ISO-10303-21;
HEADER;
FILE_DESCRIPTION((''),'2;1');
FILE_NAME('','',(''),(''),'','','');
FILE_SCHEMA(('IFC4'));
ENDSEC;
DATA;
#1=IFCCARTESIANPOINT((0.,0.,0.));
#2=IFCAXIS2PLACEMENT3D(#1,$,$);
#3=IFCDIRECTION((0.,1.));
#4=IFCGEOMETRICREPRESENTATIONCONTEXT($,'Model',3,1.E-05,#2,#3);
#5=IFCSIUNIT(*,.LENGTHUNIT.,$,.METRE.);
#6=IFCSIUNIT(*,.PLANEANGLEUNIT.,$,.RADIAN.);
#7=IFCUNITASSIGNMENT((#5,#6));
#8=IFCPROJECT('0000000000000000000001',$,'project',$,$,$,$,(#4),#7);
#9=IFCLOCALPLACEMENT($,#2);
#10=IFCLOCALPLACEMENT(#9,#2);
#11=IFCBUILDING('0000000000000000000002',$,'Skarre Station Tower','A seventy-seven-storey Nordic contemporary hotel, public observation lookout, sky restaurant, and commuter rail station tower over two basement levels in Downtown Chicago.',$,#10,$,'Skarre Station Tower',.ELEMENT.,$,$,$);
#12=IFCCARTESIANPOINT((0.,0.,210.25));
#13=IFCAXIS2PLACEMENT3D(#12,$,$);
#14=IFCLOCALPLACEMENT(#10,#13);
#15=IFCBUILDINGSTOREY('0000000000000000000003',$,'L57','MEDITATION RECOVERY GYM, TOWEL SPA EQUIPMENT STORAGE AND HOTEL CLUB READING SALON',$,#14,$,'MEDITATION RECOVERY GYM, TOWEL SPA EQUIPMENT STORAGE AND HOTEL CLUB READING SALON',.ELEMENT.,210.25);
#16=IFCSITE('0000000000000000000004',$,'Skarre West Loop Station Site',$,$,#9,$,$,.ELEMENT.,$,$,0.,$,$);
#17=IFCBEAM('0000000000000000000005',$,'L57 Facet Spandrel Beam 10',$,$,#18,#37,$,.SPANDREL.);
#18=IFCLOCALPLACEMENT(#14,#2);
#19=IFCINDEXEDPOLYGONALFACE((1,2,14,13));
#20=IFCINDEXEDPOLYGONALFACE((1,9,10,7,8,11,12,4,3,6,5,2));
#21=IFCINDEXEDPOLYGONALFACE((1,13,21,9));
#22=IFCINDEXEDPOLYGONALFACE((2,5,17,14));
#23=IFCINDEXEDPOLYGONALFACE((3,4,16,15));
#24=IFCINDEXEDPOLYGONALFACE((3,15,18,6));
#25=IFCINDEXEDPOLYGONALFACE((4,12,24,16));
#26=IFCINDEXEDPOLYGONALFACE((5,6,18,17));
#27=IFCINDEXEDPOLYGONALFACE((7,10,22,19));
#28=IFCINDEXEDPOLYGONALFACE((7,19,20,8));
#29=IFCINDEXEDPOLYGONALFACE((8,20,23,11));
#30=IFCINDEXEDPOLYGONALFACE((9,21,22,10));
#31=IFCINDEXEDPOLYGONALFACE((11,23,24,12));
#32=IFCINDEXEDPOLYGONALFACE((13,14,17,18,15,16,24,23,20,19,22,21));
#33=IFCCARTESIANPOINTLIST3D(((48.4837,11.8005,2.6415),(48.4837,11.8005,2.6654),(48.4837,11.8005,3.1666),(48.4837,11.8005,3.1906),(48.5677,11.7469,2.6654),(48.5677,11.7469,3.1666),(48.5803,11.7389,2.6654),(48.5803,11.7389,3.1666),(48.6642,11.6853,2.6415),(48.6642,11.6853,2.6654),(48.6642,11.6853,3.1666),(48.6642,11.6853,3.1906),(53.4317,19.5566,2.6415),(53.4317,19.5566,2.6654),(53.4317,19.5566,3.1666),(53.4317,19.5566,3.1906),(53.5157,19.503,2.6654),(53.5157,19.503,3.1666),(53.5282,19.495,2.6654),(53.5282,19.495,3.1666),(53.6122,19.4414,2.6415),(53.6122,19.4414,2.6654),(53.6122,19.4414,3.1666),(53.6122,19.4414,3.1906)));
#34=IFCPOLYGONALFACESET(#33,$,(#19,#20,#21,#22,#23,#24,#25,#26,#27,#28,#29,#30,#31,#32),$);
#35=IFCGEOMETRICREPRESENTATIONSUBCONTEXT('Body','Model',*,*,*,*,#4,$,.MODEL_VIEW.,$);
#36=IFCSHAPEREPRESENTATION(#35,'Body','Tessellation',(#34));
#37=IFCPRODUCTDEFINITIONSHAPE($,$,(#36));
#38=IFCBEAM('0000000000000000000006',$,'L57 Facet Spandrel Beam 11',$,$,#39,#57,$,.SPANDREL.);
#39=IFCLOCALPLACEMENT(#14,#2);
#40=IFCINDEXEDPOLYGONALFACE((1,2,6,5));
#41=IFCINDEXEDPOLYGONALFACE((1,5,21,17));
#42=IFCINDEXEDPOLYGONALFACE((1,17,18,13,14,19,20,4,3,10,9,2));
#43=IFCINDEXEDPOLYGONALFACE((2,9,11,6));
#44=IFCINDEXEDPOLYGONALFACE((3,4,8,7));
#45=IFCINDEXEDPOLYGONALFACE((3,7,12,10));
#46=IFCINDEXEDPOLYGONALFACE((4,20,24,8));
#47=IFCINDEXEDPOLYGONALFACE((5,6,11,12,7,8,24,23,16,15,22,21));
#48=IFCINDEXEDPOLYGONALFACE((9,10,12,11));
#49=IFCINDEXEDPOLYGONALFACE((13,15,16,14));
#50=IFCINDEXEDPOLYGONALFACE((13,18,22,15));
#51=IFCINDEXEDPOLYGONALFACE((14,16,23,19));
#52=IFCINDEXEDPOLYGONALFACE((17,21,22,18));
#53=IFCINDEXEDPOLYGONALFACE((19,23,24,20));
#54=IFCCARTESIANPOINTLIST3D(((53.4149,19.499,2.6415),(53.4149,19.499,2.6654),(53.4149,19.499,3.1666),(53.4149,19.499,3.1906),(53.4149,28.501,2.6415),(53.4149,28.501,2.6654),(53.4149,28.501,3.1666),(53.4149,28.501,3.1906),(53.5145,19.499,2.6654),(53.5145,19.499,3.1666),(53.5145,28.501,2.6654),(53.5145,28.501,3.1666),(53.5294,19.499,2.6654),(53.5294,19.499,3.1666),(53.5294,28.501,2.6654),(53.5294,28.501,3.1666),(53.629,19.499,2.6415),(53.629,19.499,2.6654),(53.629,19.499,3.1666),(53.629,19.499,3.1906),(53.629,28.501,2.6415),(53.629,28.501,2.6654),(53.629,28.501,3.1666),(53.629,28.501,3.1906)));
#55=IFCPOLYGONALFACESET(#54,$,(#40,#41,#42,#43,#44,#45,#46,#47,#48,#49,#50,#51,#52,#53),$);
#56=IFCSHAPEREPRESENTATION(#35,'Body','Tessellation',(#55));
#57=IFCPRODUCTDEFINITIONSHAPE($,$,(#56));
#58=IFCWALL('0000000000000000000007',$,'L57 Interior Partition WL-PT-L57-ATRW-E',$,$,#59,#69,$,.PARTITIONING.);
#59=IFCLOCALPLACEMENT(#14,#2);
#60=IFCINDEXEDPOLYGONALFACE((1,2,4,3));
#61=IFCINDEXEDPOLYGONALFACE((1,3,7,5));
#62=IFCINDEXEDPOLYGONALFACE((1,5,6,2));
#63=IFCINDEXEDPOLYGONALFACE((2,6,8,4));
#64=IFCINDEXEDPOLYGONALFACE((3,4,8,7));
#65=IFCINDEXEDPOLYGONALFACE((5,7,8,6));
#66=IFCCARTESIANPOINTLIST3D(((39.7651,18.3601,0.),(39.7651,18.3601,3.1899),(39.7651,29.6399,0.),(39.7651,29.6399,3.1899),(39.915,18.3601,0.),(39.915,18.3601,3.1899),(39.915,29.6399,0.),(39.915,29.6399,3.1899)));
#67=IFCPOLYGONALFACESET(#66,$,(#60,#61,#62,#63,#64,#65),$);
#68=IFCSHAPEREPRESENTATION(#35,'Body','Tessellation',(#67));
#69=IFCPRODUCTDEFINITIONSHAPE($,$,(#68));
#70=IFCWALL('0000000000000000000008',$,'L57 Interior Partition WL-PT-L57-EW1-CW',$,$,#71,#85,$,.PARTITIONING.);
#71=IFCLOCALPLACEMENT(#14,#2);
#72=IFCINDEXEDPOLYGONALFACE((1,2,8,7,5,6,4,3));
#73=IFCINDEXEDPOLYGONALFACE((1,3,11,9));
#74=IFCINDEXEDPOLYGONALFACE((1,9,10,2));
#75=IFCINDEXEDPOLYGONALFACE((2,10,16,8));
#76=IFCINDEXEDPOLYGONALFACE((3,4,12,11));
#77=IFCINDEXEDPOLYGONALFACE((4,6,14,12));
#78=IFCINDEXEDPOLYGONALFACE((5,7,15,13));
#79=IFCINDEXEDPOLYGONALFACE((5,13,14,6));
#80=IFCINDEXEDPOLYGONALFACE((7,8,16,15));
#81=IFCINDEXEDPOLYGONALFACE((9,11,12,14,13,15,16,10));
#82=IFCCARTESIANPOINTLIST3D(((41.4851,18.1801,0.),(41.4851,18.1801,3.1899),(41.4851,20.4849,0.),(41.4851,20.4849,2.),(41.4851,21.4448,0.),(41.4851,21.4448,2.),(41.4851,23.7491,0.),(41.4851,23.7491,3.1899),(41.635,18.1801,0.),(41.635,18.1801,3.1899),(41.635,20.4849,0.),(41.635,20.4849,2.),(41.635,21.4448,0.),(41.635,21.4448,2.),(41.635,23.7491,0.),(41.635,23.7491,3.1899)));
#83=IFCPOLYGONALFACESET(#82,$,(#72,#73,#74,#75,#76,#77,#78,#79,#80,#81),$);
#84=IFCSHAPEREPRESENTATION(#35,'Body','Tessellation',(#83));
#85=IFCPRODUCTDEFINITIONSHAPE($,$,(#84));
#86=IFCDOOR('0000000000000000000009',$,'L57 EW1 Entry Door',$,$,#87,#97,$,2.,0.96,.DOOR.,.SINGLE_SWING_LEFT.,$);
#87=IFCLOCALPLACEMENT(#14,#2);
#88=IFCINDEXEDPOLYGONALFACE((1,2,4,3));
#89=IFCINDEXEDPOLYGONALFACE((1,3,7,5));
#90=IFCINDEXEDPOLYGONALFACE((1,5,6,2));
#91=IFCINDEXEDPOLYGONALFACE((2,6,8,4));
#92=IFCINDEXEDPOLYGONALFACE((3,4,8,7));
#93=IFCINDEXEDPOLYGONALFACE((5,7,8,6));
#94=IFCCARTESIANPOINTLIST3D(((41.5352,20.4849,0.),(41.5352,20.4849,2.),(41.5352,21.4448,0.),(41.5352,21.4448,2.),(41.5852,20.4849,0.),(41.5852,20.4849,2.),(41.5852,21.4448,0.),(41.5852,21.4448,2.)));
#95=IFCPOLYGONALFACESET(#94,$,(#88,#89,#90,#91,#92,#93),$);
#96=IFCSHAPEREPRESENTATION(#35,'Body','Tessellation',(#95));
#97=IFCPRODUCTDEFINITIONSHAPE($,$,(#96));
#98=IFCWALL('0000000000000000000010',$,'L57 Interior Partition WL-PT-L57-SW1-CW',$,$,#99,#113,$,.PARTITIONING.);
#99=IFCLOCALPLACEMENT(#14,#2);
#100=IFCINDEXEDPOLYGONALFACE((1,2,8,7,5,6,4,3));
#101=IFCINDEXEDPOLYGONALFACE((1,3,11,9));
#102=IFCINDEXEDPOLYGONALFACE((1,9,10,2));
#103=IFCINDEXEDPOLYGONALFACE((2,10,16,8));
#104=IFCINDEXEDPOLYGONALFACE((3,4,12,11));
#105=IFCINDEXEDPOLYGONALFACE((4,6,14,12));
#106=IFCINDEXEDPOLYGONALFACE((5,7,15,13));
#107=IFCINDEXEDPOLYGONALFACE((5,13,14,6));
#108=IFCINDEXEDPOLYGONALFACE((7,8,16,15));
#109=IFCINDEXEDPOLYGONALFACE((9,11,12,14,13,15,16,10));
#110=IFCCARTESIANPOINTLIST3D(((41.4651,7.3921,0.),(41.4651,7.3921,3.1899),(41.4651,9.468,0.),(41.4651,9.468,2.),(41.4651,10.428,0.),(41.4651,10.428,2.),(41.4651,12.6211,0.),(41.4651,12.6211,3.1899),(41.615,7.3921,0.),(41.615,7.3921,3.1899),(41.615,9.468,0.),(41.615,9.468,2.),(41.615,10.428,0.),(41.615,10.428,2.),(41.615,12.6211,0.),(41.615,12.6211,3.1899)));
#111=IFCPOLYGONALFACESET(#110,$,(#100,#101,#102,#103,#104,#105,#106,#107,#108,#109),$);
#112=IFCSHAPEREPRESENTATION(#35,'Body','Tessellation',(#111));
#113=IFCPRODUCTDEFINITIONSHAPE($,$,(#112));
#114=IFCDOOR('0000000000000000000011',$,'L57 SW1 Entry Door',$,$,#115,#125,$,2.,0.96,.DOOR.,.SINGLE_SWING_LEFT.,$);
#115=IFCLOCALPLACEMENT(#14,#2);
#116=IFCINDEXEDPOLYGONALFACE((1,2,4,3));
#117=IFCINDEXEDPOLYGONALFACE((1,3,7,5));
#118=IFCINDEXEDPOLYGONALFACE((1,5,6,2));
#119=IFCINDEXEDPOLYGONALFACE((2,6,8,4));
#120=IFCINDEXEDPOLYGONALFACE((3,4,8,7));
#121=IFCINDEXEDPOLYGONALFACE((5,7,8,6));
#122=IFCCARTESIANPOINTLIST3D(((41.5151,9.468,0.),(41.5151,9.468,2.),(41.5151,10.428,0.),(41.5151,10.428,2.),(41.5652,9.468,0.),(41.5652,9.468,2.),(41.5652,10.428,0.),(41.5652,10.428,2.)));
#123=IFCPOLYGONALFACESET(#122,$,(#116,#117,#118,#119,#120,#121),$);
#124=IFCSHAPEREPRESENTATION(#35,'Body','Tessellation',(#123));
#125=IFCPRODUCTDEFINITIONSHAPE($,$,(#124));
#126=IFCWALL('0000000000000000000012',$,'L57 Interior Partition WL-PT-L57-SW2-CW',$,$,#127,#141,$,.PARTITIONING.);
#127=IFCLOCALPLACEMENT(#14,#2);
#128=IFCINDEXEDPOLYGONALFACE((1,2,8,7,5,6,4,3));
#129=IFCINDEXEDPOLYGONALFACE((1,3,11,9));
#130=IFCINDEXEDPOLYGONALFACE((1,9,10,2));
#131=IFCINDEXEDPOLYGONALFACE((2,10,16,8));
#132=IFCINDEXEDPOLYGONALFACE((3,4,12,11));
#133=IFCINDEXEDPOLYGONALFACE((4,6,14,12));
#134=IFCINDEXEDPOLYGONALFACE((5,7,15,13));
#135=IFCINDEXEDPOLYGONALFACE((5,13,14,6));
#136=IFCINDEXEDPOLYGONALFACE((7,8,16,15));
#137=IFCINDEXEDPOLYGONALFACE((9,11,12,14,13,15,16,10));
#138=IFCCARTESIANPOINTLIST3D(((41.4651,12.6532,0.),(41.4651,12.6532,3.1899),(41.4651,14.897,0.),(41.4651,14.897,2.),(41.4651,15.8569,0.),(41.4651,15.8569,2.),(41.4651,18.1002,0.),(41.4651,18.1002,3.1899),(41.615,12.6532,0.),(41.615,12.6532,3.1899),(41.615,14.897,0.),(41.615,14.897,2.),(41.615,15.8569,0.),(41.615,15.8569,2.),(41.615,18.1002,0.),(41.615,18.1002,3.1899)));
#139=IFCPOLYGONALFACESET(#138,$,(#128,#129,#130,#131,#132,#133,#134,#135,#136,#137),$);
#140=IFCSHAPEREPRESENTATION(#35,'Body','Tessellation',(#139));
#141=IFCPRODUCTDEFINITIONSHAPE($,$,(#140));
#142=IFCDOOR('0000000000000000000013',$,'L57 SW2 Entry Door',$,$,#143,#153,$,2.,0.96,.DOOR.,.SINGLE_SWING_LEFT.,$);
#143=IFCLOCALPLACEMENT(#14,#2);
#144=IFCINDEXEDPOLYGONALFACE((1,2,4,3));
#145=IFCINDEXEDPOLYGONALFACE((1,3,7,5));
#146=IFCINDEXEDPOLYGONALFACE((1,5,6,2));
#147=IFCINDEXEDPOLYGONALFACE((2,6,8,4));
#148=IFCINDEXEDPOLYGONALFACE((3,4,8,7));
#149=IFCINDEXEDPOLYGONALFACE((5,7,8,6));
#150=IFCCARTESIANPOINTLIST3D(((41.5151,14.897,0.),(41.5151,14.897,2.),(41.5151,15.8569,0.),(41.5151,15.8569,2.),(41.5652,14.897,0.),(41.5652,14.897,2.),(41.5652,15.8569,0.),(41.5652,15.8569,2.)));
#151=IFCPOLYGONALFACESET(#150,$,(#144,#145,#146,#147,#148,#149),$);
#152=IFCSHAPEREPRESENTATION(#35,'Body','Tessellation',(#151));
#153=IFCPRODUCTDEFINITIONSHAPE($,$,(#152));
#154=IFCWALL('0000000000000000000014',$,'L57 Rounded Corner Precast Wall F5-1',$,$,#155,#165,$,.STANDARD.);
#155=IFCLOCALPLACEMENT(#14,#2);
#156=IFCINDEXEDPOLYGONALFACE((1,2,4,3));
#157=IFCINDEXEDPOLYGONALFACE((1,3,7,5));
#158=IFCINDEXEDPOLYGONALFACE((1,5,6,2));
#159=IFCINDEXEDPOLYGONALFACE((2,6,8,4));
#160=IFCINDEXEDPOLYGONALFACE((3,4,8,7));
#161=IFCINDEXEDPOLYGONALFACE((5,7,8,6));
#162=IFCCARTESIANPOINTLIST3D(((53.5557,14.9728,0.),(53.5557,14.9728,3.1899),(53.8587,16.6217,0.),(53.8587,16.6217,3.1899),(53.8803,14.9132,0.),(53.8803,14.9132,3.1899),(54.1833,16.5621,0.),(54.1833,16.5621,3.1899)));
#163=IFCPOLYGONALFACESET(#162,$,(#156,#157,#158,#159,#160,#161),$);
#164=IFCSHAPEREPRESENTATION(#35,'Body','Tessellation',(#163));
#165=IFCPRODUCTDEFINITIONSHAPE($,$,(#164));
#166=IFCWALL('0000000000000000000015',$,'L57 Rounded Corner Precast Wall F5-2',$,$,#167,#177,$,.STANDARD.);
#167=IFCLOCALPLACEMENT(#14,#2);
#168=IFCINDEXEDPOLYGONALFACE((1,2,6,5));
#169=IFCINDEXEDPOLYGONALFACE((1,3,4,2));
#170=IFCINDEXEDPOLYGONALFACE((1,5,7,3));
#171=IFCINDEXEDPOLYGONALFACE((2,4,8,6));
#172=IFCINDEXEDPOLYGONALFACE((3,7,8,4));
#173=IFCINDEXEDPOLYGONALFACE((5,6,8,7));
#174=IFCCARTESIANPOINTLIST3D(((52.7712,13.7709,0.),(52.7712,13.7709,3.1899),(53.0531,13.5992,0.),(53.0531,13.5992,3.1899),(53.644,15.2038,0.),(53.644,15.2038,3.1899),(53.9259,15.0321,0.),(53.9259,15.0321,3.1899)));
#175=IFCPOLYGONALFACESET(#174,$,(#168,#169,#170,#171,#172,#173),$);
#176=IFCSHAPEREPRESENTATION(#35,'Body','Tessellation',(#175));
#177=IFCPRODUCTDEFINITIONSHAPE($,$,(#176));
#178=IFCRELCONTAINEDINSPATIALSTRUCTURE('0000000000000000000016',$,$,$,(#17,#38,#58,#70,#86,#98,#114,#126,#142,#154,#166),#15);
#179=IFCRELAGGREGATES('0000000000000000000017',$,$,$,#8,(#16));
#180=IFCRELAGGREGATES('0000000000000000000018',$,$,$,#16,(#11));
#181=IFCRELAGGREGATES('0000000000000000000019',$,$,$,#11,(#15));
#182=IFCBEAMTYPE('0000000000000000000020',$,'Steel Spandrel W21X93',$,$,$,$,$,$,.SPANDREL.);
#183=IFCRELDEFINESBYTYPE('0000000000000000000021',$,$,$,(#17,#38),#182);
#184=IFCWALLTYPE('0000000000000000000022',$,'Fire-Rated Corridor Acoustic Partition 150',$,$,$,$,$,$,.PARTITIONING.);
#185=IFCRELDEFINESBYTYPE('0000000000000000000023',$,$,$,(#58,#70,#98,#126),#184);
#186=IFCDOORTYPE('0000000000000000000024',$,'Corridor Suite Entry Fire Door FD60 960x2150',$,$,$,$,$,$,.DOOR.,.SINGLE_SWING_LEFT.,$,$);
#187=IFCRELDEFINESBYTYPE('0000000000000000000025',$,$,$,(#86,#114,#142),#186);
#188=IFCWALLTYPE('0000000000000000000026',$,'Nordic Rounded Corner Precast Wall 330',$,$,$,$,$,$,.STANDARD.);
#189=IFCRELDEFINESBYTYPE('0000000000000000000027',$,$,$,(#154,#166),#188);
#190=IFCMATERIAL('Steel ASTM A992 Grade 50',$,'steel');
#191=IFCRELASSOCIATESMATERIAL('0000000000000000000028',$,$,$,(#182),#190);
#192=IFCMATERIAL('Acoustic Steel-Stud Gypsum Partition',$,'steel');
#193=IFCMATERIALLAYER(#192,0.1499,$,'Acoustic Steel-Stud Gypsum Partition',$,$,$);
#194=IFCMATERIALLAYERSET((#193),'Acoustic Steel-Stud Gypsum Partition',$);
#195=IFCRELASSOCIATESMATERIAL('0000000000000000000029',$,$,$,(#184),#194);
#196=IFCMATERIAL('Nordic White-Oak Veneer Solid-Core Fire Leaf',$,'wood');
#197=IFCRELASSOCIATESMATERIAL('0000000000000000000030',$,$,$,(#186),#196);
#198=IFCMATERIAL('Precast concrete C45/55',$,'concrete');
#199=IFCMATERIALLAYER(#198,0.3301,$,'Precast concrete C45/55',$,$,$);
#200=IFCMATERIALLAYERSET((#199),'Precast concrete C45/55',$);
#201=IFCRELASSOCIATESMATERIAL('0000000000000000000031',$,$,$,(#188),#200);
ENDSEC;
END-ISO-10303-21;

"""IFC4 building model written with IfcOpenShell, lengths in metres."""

from ifc_helpers import new_model, si_unit, direction, frame, frame_2d, origin, origin_2d, place, context, subcontext, project, spatial, rectangle, i_section, extrude, material, layer, layer_set, material_profile, profile_set, type_object, element, fill, save


model = new_model("IFC4")

# Units and contexts
model_context = context("Model", 3, precision=1e-05, world=origin(), true_north=direction((0.0, 1.0)))
body_context = subcontext(model_context, "Body", "Model", "MODEL_VIEW")
ifc_project = project(units=[si_unit("LENGTHUNIT", "METRE"), si_unit("PLANEANGLEUNIT", "RADIAN")], contexts=[model_context])

# Site, building, storey
site_placement = place(None, origin())
site = spatial("IfcSite", under=ifc_project, at=site_placement, Name="Skarre West Loop Station Site", CompositionType="ELEMENT", RefElevation=0.0)
building_placement = place(site_placement, origin())
building = spatial("IfcBuilding", under=site, at=building_placement, Name="Skarre Station Tower", Description="A seventy-seven-storey Nordic contemporary hotel, public observation lookout, sky restaurant, and commuter rail station tower over two basement levels in Downtown Chicago.", LongName="Skarre Station Tower", CompositionType="ELEMENT")
storey_placement = place(building_placement, frame((0.0, 0.0, 210.25)))
storey = spatial("IfcBuildingStorey", under=building, at=storey_placement, Name="L57", Description="MEDITATION RECOVERY GYM, TOWEL SPA EQUIPMENT STORAGE AND HOTEL CLUB READING SALON", LongName="MEDITATION RECOVERY GYM, TOWEL SPA EQUIPMENT STORAGE AND HOTEL CLUB READING SALON", CompositionType="ELEMENT", Elevation=210.25)

# Beams
ifc_material_1 = material(Name="Steel ASTM A992 Grade 50", Category="steel")
ifc_material_profile_1 = material_profile(ifc_material_1, i_section(OverallWidth=0.2141, OverallDepth=0.5491, WebThickness=0.0149, FlangeThickness=0.0239, at=origin_2d()), Name="Steel ASTM A992 Grade 50")
ifc_profile_set_1 = profile_set([ifc_material_profile_1], Name="Steel ASTM A992 Grade 50")
beam_type_1 = type_object("IfcBeamType", Name="Steel Spandrel W21X93", PredefinedType="SPANDREL", material=ifc_profile_set_1)
beam_1_placement = place(storey_placement, frame((48.574, 11.7429, 2.916), z_axis=(0.537826, 0.843056, 0.0), x_axis=(-0.843056, 0.537826, 0.0)))
element("IfcBeam", 1, at=beam_1_placement, inside=storey, type_object=beam_type_1, Name="L57 Facet Spandrel Beam 10", PredefinedType="SPANDREL", context=body_context, shape_type="SweptSolid", body=[
    extrude(i_section(OverallWidth=0.2141, OverallDepth=0.5491, WebThickness=0.0149, FlangeThickness=0.0239, at=origin_2d()), origin(), (0.0, 0.0, 1.0), 9.2),
])
beam_2_placement = place(storey_placement, frame((53.522, 19.499, 2.916), z_axis=(0.0, 1.0, 0.0), x_axis=(-1.0, 0.0, 0.0)))
element("IfcBeam", 2, at=beam_2_placement, inside=storey, type_object=beam_type_1, Name="L57 Facet Spandrel Beam 11", PredefinedType="SPANDREL", context=body_context, shape_type="SweptSolid", body=[
    extrude(i_section(OverallWidth=0.2141, OverallDepth=0.5491, WebThickness=0.0149, FlangeThickness=0.0239, at=origin_2d()), origin(), (0.0, 0.0, 1.0), 9.002),
])

# Wall
ifc_material_2 = material(Name="Acoustic Steel-Stud Gypsum Partition", Category="steel")
ifc_layer_1 = layer(ifc_material_2, 0.1499, Name="Acoustic Steel-Stud Gypsum Partition")
ifc_layer_set_1 = layer_set([ifc_layer_1], Name="Acoustic Steel-Stud Gypsum Partition")
wall_type_1 = type_object("IfcWallType", Name="Fire-Rated Corridor Acoustic Partition 150", PredefinedType="PARTITIONING", material=ifc_layer_set_1)
wall_1_placement = place(storey_placement, frame((39.8401, 18.3601, 0.0), z_axis=(0.0, 0.0, 1.0), x_axis=(0.0, 1.0, 0.0)))
element("IfcWall", 3, at=wall_1_placement, inside=storey, type_object=wall_type_1, Name="L57 Interior Partition WL-PT-L57-ATRW-E", PredefinedType="PARTITIONING", context=body_context, shape_type="SweptSolid", body=[
    extrude(rectangle(XDim=11.2798, YDim=0.1499, at=frame_2d((5.6399, 0.0))), origin(), (0.0, 0.0, 1.0), 3.1899),
])

# Walls, openings, doors
wall_2_placement = place(storey_placement, frame((41.5601, 18.1799, 0.0), z_axis=(0.0, 0.0, 1.0), x_axis=(0.0, 1.0, 0.0)))
wall_2 = element("IfcWall", 4, at=wall_2_placement, inside=storey, type_object=wall_type_1, Name="L57 Interior Partition WL-PT-L57-EW1-CW", PredefinedType="PARTITIONING", context=body_context, shape_type="SweptSolid", body=[
    extrude(rectangle(XDim=5.5691, YDim=0.1499, at=frame_2d((2.7847, 0.0))), origin(), (0.0, 0.0, 1.0), 3.1899),
])
opening_1_placement = place(wall_2_placement, frame((2.3049, 0.0, 0.0)))
opening_1 = element("IfcOpeningElement", 5, at=opening_1_placement, cuts=wall_2, PredefinedType="OPENING", context=body_context, shape_type="SweptSolid", body=[
    extrude(rectangle(XDim=0.96, YDim=2.0, at=frame_2d((0.48, 1.0))), frame((0.0, 0.085, 0.0), z_axis=(0.0, -1.0, 0.0), x_axis=(1.0, 0.0, 0.0)), (0.0, 0.0, 1.0), 0.1699),
])
ifc_material_3 = material(Name="Nordic White-Oak Veneer Solid-Core Fire Leaf", Category="wood")
door_type = type_object("IfcDoorType", Name="Corridor Suite Entry Fire Door FD60 960x2150", OperationType="SINGLE_SWING_LEFT", PredefinedType="DOOR", material=ifc_material_3)
door_1_placement = place(opening_1_placement, origin())
door_1 = element("IfcDoor", 6, at=door_1_placement, inside=storey, type_object=door_type, Name="L57 EW1 Entry Door", OperationType="SINGLE_SWING_LEFT", OverallHeight=2.0, OverallWidth=0.96, PredefinedType="DOOR", context=body_context, shape_type="SweptSolid", body=[
    extrude(rectangle(XDim=0.96, YDim=2.0, at=frame_2d((0.48, 1.0))), frame((0.0, 0.0249, 0.0), z_axis=(0.0, -1.0, 0.0), x_axis=(1.0, 0.0, 0.0)), (0.0, 0.0, 1.0), 0.05),
])
fill(opening_1, door_1)
wall_3_placement = place(storey_placement, frame((41.54, 7.3921, 0.0), z_axis=(0.0, 0.0, 1.0), x_axis=(0.0, 1.0, 0.0)))
wall_3 = element("IfcWall", 7, at=wall_3_placement, inside=storey, type_object=wall_type_1, Name="L57 Interior Partition WL-PT-L57-SW1-CW", PredefinedType="PARTITIONING", context=body_context, shape_type="SweptSolid", body=[
    extrude(rectangle(XDim=5.229, YDim=0.1499, at=frame_2d((2.6145, 0.0))), origin(), (0.0, 0.0, 1.0), 3.1899),
])
opening_2_placement = place(wall_3_placement, frame((2.0759, 0.0, 0.0)))
opening_2 = element("IfcOpeningElement", 8, at=opening_2_placement, cuts=wall_3, PredefinedType="OPENING", context=body_context, shape_type="SweptSolid", body=[
    extrude(rectangle(XDim=0.96, YDim=2.0, at=frame_2d((0.48, 1.0))), frame((0.0, 0.085, 0.0), z_axis=(0.0, -1.0, 0.0), x_axis=(1.0, 0.0, 0.0)), (0.0, 0.0, 1.0), 0.1699),
])
door_2_placement = place(opening_2_placement, origin())
door_2 = element("IfcDoor", 9, at=door_2_placement, inside=storey, type_object=door_type, Name="L57 SW1 Entry Door", OperationType="SINGLE_SWING_LEFT", OverallHeight=2.0, OverallWidth=0.96, PredefinedType="DOOR", context=body_context, shape_type="SweptSolid", body=[
    extrude(rectangle(XDim=0.96, YDim=2.0, at=frame_2d((0.48, 1.0))), frame((0.0, 0.0249, 0.0), z_axis=(0.0, -1.0, 0.0), x_axis=(1.0, 0.0, 0.0)), (0.0, 0.0, 1.0), 0.05),
])
fill(opening_2, door_2)
wall_4_placement = place(storey_placement, frame((41.54, 12.6531, 0.0), z_axis=(0.0, 0.0, 1.0), x_axis=(0.0, 1.0, 0.0)))
wall_4 = element("IfcWall", 10, at=wall_4_placement, inside=storey, type_object=wall_type_1, Name="L57 Interior Partition WL-PT-L57-SW2-CW", PredefinedType="PARTITIONING", context=body_context, shape_type="SweptSolid", body=[
    extrude(rectangle(XDim=5.447, YDim=0.1499, at=frame_2d((2.7236, 0.0))), origin(), (0.0, 0.0, 1.0), 3.1899),
])
opening_3_placement = place(wall_4_placement, frame((2.2439, 0.0, 0.0)))
opening_3 = element("IfcOpeningElement", 11, at=opening_3_placement, cuts=wall_4, PredefinedType="OPENING", context=body_context, shape_type="SweptSolid", body=[
    extrude(rectangle(XDim=0.96, YDim=2.0, at=frame_2d((0.48, 1.0))), frame((0.0, 0.085, 0.0), z_axis=(0.0, -1.0, 0.0), x_axis=(1.0, 0.0, 0.0)), (0.0, 0.0, 1.0), 0.1699),
])
door_3_placement = place(opening_3_placement, origin())
door_3 = element("IfcDoor", 12, at=door_3_placement, inside=storey, type_object=door_type, Name="L57 SW2 Entry Door", OperationType="SINGLE_SWING_LEFT", OverallHeight=2.0, OverallWidth=0.96, PredefinedType="DOOR", context=body_context, shape_type="SweptSolid", body=[
    extrude(rectangle(XDim=0.96, YDim=2.0, at=frame_2d((0.48, 1.0))), frame((0.0, 0.0249, 0.0), z_axis=(0.0, -1.0, 0.0), x_axis=(1.0, 0.0, 0.0)), (0.0, 0.0, 1.0), 0.05),
])
fill(opening_3, door_3)

# Walls
ifc_material_4 = material(Name="Precast concrete C45/55", Category="concrete")
ifc_layer_2 = layer(ifc_material_4, 0.3301, Name="Precast concrete C45/55")
ifc_layer_set_2 = layer_set([ifc_layer_2], Name="Precast concrete C45/55")
wall_type_2 = type_object("IfcWallType", Name="Nordic Rounded Corner Precast Wall 330", PredefinedType="STANDARD", material=ifc_layer_set_2)
wall_5_placement = place(storey_placement, frame((54.021, 16.592, 0.0), z_axis=(0.0, 0.0, 1.0), x_axis=(-0.180718, -0.983535, 0.0)))
element("IfcWall", 13, at=wall_5_placement, inside=storey, type_object=wall_type_2, Name="L57 Rounded Corner Precast Wall F5-1", PredefinedType="STANDARD", context=body_context, shape_type="SweptSolid", body=[
    extrude(rectangle(XDim=1.6765, YDim=0.3301, at=frame_2d((0.8384, 0.0))), origin(), (0.0, 0.0, 1.0), 3.1899),
])
wall_6_placement = place(storey_placement, frame((53.7849, 15.1179, 0.0), z_axis=(0.0, 0.0, 1.0), x_axis=(-0.520219, -0.854033, 0.0)))
element("IfcWall", 14, at=wall_6_placement, inside=storey, type_object=wall_type_2, Name="L57 Rounded Corner Precast Wall F5-2", PredefinedType="STANDARD", context=body_context, shape_type="SweptSolid", body=[
    extrude(rectangle(XDim=1.6777, YDim=0.3301, at=frame_2d((0.8389, 0.0))), origin(), (0.0, 0.0, 1.0), 3.1899),
])

save(model, "model.ifc")
